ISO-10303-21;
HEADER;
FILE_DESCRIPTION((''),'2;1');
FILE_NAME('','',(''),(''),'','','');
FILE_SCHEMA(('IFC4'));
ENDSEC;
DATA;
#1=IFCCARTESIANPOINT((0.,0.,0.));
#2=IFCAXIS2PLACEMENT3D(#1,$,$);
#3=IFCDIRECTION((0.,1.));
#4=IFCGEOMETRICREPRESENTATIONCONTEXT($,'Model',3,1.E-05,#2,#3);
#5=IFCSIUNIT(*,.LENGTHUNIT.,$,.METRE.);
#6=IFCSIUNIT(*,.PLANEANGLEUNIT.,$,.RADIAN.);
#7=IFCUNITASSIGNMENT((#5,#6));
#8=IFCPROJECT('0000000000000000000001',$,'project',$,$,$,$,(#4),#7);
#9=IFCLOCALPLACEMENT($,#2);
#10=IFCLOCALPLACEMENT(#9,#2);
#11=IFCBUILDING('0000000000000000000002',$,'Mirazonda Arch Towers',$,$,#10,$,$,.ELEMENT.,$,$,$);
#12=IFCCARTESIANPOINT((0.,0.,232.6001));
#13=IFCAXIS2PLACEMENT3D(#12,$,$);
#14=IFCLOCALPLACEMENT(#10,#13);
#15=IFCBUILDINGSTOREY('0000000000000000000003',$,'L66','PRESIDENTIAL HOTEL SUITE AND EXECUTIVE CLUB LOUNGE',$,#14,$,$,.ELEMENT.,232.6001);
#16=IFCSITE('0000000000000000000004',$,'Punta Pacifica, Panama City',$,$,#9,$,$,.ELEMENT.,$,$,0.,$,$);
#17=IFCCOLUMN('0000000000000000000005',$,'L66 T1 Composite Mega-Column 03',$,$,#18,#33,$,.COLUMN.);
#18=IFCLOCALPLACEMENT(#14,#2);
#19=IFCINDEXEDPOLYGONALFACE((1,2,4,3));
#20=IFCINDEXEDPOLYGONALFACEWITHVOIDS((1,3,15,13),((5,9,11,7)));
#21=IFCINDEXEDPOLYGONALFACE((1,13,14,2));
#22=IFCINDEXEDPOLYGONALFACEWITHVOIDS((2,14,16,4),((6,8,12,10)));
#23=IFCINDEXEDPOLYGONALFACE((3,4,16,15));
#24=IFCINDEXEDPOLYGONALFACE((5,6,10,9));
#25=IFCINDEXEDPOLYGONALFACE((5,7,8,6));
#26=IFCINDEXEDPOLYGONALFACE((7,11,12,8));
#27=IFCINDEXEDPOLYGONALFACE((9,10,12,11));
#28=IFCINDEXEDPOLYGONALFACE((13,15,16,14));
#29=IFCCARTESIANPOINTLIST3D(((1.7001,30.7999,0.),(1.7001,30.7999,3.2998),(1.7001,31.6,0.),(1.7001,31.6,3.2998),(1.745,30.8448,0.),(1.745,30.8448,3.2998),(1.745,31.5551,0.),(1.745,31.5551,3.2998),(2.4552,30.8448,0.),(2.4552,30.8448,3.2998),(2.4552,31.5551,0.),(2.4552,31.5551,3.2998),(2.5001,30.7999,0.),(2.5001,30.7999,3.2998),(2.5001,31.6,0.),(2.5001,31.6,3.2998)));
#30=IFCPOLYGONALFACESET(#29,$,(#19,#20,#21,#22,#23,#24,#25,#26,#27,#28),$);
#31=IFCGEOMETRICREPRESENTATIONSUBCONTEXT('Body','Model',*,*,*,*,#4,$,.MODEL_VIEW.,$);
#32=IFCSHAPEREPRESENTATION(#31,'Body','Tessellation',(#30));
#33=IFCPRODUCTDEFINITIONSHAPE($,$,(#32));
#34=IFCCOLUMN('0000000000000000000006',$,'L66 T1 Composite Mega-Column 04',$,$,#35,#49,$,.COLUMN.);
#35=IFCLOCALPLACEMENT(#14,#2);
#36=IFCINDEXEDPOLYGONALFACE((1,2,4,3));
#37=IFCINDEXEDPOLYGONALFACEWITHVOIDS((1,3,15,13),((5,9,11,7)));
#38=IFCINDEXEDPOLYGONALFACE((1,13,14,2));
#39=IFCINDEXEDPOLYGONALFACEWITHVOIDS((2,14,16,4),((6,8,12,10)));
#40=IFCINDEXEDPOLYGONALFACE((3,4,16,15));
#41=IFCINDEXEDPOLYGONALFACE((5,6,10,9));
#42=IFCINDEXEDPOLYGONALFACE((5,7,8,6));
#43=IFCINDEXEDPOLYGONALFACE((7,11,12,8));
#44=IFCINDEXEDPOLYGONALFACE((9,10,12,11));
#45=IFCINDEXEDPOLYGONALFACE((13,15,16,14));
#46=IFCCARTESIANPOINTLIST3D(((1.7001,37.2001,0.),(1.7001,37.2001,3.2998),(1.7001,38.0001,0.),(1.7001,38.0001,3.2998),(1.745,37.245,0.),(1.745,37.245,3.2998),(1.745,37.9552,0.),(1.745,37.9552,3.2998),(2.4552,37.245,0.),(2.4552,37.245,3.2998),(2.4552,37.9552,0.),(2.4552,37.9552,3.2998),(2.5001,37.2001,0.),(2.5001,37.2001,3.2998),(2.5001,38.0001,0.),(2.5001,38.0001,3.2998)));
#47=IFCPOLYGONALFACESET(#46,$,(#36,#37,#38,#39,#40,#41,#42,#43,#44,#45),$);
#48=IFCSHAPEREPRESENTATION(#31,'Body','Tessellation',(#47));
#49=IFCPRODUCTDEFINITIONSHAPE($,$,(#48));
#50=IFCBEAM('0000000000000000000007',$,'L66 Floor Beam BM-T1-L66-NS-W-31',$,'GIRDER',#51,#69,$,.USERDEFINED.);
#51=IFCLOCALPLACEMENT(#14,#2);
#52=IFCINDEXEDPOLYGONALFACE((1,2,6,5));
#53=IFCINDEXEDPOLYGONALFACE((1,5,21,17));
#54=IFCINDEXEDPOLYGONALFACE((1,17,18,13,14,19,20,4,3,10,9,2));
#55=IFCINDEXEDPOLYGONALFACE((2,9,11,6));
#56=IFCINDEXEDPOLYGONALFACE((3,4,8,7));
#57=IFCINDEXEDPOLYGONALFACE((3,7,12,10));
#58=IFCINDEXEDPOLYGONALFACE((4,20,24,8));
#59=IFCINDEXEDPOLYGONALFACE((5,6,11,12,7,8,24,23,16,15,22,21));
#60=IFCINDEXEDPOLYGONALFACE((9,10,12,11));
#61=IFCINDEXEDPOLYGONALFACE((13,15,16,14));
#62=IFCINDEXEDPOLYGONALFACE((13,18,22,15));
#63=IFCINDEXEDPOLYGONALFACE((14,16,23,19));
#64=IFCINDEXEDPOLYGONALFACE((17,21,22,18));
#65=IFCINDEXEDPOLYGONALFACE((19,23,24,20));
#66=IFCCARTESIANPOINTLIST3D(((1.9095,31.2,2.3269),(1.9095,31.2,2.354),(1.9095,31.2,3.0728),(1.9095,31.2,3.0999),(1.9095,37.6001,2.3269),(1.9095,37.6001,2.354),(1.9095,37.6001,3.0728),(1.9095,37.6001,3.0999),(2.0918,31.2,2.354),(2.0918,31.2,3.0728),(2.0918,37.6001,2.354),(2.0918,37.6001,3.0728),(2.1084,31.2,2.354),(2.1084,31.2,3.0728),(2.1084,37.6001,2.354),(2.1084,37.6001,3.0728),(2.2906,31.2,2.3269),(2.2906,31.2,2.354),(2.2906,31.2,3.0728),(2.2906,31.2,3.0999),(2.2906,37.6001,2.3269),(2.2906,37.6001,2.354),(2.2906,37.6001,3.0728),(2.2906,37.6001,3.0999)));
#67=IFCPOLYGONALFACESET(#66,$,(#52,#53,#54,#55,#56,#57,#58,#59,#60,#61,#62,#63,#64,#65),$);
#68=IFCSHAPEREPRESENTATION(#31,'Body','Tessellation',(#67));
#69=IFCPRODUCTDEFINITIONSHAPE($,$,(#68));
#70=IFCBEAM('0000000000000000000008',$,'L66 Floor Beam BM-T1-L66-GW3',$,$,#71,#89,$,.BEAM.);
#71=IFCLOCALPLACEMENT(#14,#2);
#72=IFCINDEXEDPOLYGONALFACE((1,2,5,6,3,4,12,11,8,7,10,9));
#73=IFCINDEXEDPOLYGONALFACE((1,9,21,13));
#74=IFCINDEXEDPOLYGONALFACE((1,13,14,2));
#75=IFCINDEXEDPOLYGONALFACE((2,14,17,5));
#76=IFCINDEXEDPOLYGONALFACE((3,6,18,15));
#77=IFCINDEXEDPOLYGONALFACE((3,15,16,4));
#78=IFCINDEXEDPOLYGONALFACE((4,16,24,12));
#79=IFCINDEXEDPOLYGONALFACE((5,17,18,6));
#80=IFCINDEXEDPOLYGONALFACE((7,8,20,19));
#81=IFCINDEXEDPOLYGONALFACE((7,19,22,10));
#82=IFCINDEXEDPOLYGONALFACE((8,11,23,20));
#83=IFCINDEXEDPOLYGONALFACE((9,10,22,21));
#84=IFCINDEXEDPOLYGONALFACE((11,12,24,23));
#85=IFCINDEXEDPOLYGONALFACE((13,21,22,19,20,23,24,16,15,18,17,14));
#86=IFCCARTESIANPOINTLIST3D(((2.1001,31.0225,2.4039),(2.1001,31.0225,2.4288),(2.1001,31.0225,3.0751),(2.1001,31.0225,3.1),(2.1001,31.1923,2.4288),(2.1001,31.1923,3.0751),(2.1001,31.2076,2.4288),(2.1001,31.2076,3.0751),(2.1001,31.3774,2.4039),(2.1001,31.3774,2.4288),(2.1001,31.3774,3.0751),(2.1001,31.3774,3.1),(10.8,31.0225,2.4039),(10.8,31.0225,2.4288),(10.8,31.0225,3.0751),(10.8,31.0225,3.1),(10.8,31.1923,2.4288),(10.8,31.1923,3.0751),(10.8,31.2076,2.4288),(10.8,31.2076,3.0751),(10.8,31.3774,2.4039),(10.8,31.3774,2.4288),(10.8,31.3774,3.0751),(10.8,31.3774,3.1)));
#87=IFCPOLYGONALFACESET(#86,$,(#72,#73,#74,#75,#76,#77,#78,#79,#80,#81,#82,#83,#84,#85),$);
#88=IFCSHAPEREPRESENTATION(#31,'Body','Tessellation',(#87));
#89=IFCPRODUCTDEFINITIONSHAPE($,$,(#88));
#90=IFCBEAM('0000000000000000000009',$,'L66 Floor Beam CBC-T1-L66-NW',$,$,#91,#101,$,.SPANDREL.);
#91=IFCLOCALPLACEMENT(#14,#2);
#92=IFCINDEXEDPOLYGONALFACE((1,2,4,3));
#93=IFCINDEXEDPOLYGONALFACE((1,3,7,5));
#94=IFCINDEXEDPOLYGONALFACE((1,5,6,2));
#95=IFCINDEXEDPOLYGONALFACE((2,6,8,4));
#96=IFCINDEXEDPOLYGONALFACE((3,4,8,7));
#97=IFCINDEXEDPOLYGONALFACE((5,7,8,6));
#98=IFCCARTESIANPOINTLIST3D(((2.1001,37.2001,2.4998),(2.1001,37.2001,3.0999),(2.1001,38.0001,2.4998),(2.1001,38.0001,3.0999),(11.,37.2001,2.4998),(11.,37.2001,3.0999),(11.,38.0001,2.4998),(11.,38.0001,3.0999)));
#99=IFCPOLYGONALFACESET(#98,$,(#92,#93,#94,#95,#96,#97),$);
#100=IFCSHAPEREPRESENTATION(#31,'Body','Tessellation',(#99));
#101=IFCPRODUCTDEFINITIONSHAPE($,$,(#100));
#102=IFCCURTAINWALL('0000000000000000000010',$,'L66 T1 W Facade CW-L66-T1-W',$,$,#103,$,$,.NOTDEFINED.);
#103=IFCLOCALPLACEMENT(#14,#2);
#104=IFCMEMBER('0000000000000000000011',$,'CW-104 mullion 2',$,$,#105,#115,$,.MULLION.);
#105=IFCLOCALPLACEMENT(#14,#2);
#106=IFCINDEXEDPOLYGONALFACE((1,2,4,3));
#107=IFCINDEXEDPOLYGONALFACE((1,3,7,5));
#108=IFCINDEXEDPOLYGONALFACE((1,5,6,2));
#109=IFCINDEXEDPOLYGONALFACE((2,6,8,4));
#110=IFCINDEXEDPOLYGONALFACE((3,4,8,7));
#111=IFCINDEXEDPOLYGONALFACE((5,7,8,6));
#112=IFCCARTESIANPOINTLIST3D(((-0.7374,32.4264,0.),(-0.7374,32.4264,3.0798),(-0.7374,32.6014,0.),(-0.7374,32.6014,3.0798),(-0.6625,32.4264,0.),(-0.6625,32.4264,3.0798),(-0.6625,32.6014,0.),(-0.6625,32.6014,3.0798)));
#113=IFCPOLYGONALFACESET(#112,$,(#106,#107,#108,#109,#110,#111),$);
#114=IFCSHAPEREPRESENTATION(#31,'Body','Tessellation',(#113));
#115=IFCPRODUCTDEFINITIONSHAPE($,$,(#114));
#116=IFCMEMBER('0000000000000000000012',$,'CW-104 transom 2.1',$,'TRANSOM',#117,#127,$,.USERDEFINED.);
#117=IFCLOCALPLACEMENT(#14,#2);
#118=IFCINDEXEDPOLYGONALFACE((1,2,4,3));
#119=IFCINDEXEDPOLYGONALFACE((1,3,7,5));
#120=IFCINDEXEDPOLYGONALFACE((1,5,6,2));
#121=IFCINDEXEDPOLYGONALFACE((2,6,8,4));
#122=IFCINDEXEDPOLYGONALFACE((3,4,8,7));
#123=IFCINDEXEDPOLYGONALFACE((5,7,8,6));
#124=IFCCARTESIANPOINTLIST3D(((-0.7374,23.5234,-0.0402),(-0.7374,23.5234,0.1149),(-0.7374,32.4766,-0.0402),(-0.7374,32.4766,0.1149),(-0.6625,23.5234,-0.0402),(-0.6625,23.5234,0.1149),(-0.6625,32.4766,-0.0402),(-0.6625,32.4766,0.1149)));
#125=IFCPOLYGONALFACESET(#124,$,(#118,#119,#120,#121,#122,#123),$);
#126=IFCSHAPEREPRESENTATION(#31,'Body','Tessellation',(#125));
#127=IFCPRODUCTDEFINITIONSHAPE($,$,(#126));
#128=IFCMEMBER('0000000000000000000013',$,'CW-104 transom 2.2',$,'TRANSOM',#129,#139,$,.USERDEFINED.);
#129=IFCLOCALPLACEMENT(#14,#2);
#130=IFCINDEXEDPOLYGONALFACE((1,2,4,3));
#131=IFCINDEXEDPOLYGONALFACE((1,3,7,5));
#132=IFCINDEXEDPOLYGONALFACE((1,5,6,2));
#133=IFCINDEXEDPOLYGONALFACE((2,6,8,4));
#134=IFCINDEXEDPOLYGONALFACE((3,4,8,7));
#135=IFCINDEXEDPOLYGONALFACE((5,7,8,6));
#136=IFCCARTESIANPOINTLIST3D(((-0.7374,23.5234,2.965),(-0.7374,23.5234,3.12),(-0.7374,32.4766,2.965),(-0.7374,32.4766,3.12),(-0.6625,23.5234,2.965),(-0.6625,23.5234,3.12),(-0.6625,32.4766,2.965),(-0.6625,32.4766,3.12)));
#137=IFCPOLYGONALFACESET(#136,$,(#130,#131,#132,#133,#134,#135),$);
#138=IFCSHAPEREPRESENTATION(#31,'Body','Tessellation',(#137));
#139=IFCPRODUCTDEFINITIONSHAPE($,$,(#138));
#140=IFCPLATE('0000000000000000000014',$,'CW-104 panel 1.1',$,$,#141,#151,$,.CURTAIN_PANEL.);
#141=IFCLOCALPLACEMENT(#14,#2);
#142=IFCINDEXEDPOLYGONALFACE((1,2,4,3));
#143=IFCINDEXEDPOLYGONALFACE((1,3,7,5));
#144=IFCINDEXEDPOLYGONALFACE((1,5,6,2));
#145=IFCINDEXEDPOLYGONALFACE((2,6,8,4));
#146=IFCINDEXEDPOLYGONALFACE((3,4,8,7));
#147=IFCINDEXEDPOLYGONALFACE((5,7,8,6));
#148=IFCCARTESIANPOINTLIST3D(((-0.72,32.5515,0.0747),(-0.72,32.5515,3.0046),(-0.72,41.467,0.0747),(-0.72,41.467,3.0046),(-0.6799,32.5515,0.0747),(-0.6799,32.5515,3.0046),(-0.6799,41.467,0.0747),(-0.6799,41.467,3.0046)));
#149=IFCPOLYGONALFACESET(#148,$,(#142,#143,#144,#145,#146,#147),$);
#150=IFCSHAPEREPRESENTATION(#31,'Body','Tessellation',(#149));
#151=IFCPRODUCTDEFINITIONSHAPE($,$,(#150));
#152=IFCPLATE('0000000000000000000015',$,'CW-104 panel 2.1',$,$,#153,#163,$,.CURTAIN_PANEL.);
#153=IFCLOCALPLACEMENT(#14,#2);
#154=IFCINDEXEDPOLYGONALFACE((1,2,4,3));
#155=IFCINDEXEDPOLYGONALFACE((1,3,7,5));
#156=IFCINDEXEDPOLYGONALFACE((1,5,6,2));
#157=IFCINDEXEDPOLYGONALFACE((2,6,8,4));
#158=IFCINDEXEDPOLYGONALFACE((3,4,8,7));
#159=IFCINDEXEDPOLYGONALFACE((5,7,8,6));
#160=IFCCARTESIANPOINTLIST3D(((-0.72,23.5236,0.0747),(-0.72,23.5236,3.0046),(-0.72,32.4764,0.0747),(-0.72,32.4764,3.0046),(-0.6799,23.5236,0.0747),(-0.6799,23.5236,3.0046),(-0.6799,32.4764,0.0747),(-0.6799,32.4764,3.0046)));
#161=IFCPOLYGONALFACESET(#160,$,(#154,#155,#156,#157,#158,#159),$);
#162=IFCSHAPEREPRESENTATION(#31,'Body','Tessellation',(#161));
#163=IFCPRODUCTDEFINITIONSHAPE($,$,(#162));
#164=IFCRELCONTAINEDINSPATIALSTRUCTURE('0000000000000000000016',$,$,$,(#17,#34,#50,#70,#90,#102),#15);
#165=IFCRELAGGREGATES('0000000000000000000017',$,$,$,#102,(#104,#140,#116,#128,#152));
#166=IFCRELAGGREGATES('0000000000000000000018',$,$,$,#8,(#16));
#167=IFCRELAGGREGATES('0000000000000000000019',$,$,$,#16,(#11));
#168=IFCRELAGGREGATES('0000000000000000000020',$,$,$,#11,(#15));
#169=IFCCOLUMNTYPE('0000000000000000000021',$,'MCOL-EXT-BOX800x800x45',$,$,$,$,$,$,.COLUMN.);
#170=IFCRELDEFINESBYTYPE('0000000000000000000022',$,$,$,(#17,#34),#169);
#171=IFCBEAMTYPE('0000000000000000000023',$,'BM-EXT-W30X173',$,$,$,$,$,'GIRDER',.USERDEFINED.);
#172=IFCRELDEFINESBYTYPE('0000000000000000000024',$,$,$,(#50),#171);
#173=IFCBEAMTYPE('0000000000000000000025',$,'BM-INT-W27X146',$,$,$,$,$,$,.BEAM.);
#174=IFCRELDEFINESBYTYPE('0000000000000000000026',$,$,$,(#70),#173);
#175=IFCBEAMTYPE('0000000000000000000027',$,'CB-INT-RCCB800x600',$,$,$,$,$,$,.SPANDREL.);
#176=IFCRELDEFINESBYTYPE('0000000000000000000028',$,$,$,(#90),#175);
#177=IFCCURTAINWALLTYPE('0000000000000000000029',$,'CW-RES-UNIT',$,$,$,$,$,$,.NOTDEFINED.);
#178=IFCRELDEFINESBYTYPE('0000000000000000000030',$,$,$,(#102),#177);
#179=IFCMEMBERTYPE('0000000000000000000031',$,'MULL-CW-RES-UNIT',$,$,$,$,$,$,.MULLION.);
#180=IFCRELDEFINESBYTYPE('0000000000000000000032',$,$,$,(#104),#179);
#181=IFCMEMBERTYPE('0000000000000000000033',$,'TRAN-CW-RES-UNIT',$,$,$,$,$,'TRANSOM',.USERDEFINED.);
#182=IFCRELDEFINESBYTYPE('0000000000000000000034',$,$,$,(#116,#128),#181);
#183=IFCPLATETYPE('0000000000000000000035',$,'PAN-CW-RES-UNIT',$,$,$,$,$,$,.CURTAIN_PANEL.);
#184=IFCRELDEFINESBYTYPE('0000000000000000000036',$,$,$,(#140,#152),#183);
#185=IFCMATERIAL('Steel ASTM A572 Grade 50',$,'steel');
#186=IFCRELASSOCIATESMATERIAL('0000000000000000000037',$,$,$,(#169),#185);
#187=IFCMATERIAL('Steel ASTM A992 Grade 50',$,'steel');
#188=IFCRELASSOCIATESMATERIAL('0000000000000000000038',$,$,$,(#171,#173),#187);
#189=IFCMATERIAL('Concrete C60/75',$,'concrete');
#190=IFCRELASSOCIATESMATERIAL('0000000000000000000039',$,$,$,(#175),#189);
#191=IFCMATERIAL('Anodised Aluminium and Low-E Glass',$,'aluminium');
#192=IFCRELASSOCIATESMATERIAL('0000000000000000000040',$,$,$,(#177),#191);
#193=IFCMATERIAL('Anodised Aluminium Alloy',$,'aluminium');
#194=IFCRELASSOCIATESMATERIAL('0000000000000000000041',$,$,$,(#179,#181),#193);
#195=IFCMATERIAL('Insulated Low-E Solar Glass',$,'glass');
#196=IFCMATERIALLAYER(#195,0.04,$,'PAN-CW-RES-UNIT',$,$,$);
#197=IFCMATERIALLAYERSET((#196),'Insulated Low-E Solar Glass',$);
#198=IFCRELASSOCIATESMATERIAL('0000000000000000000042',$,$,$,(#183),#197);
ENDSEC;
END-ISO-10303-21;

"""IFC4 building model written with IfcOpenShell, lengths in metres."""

from ifc_helpers import new_model, si_unit, direction, frame, origin, origin_2d, place, context, subcontext, project, spatial, rectangle, hollow_rectangle, i_section, extrude, material, layer, layer_set, material_profile, profile_set, type_object, element, aggregate, save


model = new_model("IFC4")

# Units and contexts
model_context = context("Model", 3, precision=1e-05, world=origin(), true_north=direction((0.0, 1.0)))
body_context = subcontext(model_context, "Body", "Model", "MODEL_VIEW")
ifc_project = project(units=[si_unit("LENGTHUNIT", "METRE"), si_unit("PLANEANGLEUNIT", "RADIAN")], contexts=[model_context])

# Site, building, storey
site_placement = place(None, origin())
site = spatial("IfcSite", under=ifc_project, at=site_placement, Name="Punta Pacifica, Panama City", CompositionType="ELEMENT", RefElevation=0.0)
building_placement = place(site_placement, origin())
building = spatial("IfcBuilding", under=site, at=building_placement, Name="Mirazonda Arch Towers", CompositionType="ELEMENT")
storey_placement = place(building_placement, frame((0.0, 0.0, 232.6001)))
storey = spatial("IfcBuildingStorey", under=building, at=storey_placement, Name="L66", Description="PRESIDENTIAL HOTEL SUITE AND EXECUTIVE CLUB LOUNGE", CompositionType="ELEMENT", Elevation=232.6001)

# Columns
ifc_material_1 = material(Name="Steel ASTM A572 Grade 50", Category="steel")
ifc_material_profile_1 = material_profile(ifc_material_1, hollow_rectangle(XDim=0.8, YDim=0.8, WallThickness=0.0449, at=origin_2d()), Name="BOX800x800x45")
ifc_profile_set_1 = profile_set([ifc_material_profile_1], Name="Steel ASTM A572 Grade 50")
column_type = type_object("IfcColumnType", Name="MCOL-EXT-BOX800x800x45", PredefinedType="COLUMN", material=ifc_profile_set_1)
for number, where, z_axis, x_axis, name in (
    (1, (2.1001, 31.2, 0.0), (0.0, 0.0, 1.0), (1.0, 0.0, 0.0), "L66 T1 Composite Mega-Column 03"),
    (2, (2.1001, 37.6001, 0.0), (0.0, 0.0, 1.0), (1.0, 0.0, 0.0), "L66 T1 Composite Mega-Column 04"),
):
    element("IfcColumn", number, at=place(storey_placement, frame(where, z_axis=z_axis, x_axis=x_axis)), inside=storey, type_object=column_type, Name=name, PredefinedType="COLUMN", context=body_context, shape_type="SweptSolid", body=[
        extrude(hollow_rectangle(XDim=0.8, YDim=0.8, WallThickness=0.0449, at=origin_2d()), origin(), (0.0, 0.0, 1.0), 3.2998),
    ])

# Beams
ifc_material_2 = material(Name="Steel ASTM A992 Grade 50", Category="steel")
ifc_material_profile_2 = material_profile(ifc_material_2, i_section(OverallWidth=0.3811, OverallDepth=0.7729, WebThickness=0.0166, FlangeThickness=0.0271, at=origin_2d()), Name="W30X173")
ifc_profile_set_2 = profile_set([ifc_material_profile_2], Name="Steel ASTM A992 Grade 50")
beam_type_1 = type_object("IfcBeamType", Name="BM-EXT-W30X173", ElementType="GIRDER", PredefinedType="USERDEFINED", material=ifc_profile_set_2)
beam_1_placement = place(storey_placement, frame((2.1001, 31.2, 2.7134), z_axis=(0.0, 1.0, 0.0), x_axis=(-1.0, 0.0, 0.0)))
element("IfcBeam", 3, at=beam_1_placement, inside=storey, type_object=beam_type_1, Name="L66 Floor Beam BM-T1-L66-NS-W-31", ObjectType="GIRDER", PredefinedType="USERDEFINED", context=body_context, shape_type="SweptSolid", body=[
    extrude(i_section(OverallWidth=0.3811, OverallDepth=0.7729, WebThickness=0.0166, FlangeThickness=0.0271, at=origin_2d()), origin(), (0.0, 0.0, 1.0), 6.4001),
])
ifc_material_profile_3 = material_profile(ifc_material_2, i_section(OverallWidth=0.355, OverallDepth=0.696, WebThickness=0.0154, FlangeThickness=0.0249, at=origin_2d()), Name="W27X146")
ifc_profile_set_3 = profile_set([ifc_material_profile_3], Name="Steel ASTM A992 Grade 50")
beam_type_2 = type_object("IfcBeamType", Name="BM-INT-W27X146", PredefinedType="BEAM", material=ifc_profile_set_3)
beam_2_placement = place(storey_placement, frame((2.1001, 31.2, 2.752), z_axis=(1.0, 0.0, 0.0), x_axis=(0.0, 1.0, 0.0)))
element("IfcBeam", 4, at=beam_2_placement, inside=storey, type_object=beam_type_2, Name="L66 Floor Beam BM-T1-L66-GW3", PredefinedType="BEAM", context=body_context, shape_type="SweptSolid", body=[
    extrude(i_section(OverallWidth=0.355, OverallDepth=0.696, WebThickness=0.0154, FlangeThickness=0.0249, at=origin_2d()), origin(), (0.0, 0.0, 1.0), 8.7),
])
ifc_material_3 = material(Name="Concrete C60/75", Category="concrete")
ifc_material_profile_4 = material_profile(ifc_material_3, rectangle(XDim=0.8, YDim=0.6001, at=origin_2d()), Name="RCCB800x600")
ifc_profile_set_4 = profile_set([ifc_material_profile_4], Name="Concrete C60/75")
beam_type_3 = type_object("IfcBeamType", Name="CB-INT-RCCB800x600", PredefinedType="SPANDREL", material=ifc_profile_set_4)
beam_3_placement = place(storey_placement, frame((2.1001, 37.6001, 2.7998), z_axis=(1.0, 0.0, 0.0), x_axis=(0.0, 1.0, 0.0)))
element("IfcBeam", 5, at=beam_3_placement, inside=storey, type_object=beam_type_3, Name="L66 Floor Beam CBC-T1-L66-NW", PredefinedType="SPANDREL", context=body_context, shape_type="SweptSolid", body=[
    extrude(rectangle(XDim=0.8, YDim=0.6001, at=origin_2d()), origin(), (0.0, 0.0, 1.0), 8.8999),
])

# Curtain wall, members, plates
ifc_material_4 = material(Name="Anodised Aluminium and Low-E Glass", Category="aluminium")
curtain_wall_type = type_object("IfcCurtainWallType", Name="CW-RES-UNIT", PredefinedType="NOTDEFINED", material=ifc_material_4)
curtain_wall_placement = place(storey_placement, origin())
curtain_wall = element("IfcCurtainWall", 6, at=curtain_wall_placement, inside=storey, type_object=curtain_wall_type, Name="L66 T1 W Facade CW-L66-T1-W", PredefinedType="NOTDEFINED")
ifc_material_5 = material(Name="Anodised Aluminium Alloy", Category="aluminium")
ifc_material_profile_5 = material_profile(ifc_material_5, rectangle(XDim=0.075, YDim=0.175, at=origin_2d()), Name="ALU-MULL-75x175")
ifc_profile_set_5 = profile_set([ifc_material_profile_5], Name="Anodised Aluminium Alloy")
member_type_1 = type_object("IfcMemberType", Name="MULL-CW-RES-UNIT", PredefinedType="MULLION", material=ifc_profile_set_5)
member_1_placement = place(storey_placement, frame((-0.7, 32.5139, 0.0), z_axis=(0.0, 0.0, 1.0), x_axis=(1.0, 0.0, 0.0)))
member_1 = element("IfcMember", 7, at=member_1_placement, type_object=member_type_1, Name="CW-104 mullion 2", PredefinedType="MULLION", context=body_context, shape_type="SweptSolid", body=[
    extrude(rectangle(XDim=0.075, YDim=0.175, at=origin_2d()), origin(), (0.0, 0.0, 1.0), 3.0798),
])
ifc_material_profile_6 = material_profile(ifc_material_5, rectangle(XDim=0.075, YDim=0.155, at=origin_2d()), Name="ALU-TRAN-75x155")
ifc_profile_set_6 = profile_set([ifc_material_profile_6], Name="Anodised Aluminium Alloy")
member_type_2 = type_object("IfcMemberType", Name="TRAN-CW-RES-UNIT", ElementType="TRANSOM", PredefinedType="USERDEFINED", material=ifc_profile_set_6)
member_2_placement = place(storey_placement, frame((-0.7, 32.4766, 0.0374), z_axis=(0.0, -1.0, 0.0), x_axis=(1.0, 0.0, 0.0)))
member_2 = element("IfcMember", 8, at=member_2_placement, type_object=member_type_2, Name="CW-104 transom 2.1", ObjectType="TRANSOM", PredefinedType="USERDEFINED", context=body_context, shape_type="SweptSolid", body=[
    extrude(rectangle(XDim=0.075, YDim=0.155, at=origin_2d()), origin(), (0.0, 0.0, 1.0), 8.9531),
])
member_3_placement = place(storey_placement, frame((-0.7, 32.4766, 3.0425), z_axis=(0.0, -1.0, 0.0), x_axis=(1.0, 0.0, 0.0)))
member_3 = element("IfcMember", 9, at=member_3_placement, type_object=member_type_2, Name="CW-104 transom 2.2", ObjectType="TRANSOM", PredefinedType="USERDEFINED", context=body_context, shape_type="SweptSolid", body=[
    extrude(rectangle(XDim=0.075, YDim=0.155, at=origin_2d()), origin(), (0.0, 0.0, 1.0), 8.9531),
])
ifc_material_6 = material(Name="Insulated Low-E Solar Glass", Category="glass")
ifc_layer_1 = layer(ifc_material_6, 0.04, Name="PAN-CW-RES-UNIT")
ifc_layer_set_1 = layer_set([ifc_layer_1], Name="Insulated Low-E Solar Glass")
plate_type = type_object("IfcPlateType", Name="PAN-CW-RES-UNIT", PredefinedType="CURTAIN_PANEL", material=ifc_layer_set_1)
plate_1_placement = place(storey_placement, frame((-0.7, 37.0093, 0.0747), z_axis=(0.0, 0.0, 1.0), x_axis=(0.0, -1.0, 0.0)))
plate_1 = element("IfcPlate", 10, at=plate_1_placement, type_object=plate_type, Name="CW-104 panel 1.1", PredefinedType="CURTAIN_PANEL", context=body_context, shape_type="SweptSolid", body=[
    extrude(rectangle(XDim=8.9155, YDim=0.04, at=origin_2d()), origin(), (0.0, 0.0, 1.0), 2.9299),
])
plate_2_placement = place(storey_placement, frame((-0.7, 28.0, 0.0747), z_axis=(0.0, 0.0, 1.0), x_axis=(0.0, -1.0, 0.0)))
plate_2 = element("IfcPlate", 11, at=plate_2_placement, type_object=plate_type, Name="CW-104 panel 2.1", PredefinedType="CURTAIN_PANEL", context=body_context, shape_type="SweptSolid", body=[
    extrude(rectangle(XDim=8.9529, YDim=0.04, at=origin_2d()), origin(), (0.0, 0.0, 1.0), 2.9299),
])
aggregate(curtain_wall, [member_1, plate_1, member_2, member_3, plate_2])

save(model, "model.ifc")
